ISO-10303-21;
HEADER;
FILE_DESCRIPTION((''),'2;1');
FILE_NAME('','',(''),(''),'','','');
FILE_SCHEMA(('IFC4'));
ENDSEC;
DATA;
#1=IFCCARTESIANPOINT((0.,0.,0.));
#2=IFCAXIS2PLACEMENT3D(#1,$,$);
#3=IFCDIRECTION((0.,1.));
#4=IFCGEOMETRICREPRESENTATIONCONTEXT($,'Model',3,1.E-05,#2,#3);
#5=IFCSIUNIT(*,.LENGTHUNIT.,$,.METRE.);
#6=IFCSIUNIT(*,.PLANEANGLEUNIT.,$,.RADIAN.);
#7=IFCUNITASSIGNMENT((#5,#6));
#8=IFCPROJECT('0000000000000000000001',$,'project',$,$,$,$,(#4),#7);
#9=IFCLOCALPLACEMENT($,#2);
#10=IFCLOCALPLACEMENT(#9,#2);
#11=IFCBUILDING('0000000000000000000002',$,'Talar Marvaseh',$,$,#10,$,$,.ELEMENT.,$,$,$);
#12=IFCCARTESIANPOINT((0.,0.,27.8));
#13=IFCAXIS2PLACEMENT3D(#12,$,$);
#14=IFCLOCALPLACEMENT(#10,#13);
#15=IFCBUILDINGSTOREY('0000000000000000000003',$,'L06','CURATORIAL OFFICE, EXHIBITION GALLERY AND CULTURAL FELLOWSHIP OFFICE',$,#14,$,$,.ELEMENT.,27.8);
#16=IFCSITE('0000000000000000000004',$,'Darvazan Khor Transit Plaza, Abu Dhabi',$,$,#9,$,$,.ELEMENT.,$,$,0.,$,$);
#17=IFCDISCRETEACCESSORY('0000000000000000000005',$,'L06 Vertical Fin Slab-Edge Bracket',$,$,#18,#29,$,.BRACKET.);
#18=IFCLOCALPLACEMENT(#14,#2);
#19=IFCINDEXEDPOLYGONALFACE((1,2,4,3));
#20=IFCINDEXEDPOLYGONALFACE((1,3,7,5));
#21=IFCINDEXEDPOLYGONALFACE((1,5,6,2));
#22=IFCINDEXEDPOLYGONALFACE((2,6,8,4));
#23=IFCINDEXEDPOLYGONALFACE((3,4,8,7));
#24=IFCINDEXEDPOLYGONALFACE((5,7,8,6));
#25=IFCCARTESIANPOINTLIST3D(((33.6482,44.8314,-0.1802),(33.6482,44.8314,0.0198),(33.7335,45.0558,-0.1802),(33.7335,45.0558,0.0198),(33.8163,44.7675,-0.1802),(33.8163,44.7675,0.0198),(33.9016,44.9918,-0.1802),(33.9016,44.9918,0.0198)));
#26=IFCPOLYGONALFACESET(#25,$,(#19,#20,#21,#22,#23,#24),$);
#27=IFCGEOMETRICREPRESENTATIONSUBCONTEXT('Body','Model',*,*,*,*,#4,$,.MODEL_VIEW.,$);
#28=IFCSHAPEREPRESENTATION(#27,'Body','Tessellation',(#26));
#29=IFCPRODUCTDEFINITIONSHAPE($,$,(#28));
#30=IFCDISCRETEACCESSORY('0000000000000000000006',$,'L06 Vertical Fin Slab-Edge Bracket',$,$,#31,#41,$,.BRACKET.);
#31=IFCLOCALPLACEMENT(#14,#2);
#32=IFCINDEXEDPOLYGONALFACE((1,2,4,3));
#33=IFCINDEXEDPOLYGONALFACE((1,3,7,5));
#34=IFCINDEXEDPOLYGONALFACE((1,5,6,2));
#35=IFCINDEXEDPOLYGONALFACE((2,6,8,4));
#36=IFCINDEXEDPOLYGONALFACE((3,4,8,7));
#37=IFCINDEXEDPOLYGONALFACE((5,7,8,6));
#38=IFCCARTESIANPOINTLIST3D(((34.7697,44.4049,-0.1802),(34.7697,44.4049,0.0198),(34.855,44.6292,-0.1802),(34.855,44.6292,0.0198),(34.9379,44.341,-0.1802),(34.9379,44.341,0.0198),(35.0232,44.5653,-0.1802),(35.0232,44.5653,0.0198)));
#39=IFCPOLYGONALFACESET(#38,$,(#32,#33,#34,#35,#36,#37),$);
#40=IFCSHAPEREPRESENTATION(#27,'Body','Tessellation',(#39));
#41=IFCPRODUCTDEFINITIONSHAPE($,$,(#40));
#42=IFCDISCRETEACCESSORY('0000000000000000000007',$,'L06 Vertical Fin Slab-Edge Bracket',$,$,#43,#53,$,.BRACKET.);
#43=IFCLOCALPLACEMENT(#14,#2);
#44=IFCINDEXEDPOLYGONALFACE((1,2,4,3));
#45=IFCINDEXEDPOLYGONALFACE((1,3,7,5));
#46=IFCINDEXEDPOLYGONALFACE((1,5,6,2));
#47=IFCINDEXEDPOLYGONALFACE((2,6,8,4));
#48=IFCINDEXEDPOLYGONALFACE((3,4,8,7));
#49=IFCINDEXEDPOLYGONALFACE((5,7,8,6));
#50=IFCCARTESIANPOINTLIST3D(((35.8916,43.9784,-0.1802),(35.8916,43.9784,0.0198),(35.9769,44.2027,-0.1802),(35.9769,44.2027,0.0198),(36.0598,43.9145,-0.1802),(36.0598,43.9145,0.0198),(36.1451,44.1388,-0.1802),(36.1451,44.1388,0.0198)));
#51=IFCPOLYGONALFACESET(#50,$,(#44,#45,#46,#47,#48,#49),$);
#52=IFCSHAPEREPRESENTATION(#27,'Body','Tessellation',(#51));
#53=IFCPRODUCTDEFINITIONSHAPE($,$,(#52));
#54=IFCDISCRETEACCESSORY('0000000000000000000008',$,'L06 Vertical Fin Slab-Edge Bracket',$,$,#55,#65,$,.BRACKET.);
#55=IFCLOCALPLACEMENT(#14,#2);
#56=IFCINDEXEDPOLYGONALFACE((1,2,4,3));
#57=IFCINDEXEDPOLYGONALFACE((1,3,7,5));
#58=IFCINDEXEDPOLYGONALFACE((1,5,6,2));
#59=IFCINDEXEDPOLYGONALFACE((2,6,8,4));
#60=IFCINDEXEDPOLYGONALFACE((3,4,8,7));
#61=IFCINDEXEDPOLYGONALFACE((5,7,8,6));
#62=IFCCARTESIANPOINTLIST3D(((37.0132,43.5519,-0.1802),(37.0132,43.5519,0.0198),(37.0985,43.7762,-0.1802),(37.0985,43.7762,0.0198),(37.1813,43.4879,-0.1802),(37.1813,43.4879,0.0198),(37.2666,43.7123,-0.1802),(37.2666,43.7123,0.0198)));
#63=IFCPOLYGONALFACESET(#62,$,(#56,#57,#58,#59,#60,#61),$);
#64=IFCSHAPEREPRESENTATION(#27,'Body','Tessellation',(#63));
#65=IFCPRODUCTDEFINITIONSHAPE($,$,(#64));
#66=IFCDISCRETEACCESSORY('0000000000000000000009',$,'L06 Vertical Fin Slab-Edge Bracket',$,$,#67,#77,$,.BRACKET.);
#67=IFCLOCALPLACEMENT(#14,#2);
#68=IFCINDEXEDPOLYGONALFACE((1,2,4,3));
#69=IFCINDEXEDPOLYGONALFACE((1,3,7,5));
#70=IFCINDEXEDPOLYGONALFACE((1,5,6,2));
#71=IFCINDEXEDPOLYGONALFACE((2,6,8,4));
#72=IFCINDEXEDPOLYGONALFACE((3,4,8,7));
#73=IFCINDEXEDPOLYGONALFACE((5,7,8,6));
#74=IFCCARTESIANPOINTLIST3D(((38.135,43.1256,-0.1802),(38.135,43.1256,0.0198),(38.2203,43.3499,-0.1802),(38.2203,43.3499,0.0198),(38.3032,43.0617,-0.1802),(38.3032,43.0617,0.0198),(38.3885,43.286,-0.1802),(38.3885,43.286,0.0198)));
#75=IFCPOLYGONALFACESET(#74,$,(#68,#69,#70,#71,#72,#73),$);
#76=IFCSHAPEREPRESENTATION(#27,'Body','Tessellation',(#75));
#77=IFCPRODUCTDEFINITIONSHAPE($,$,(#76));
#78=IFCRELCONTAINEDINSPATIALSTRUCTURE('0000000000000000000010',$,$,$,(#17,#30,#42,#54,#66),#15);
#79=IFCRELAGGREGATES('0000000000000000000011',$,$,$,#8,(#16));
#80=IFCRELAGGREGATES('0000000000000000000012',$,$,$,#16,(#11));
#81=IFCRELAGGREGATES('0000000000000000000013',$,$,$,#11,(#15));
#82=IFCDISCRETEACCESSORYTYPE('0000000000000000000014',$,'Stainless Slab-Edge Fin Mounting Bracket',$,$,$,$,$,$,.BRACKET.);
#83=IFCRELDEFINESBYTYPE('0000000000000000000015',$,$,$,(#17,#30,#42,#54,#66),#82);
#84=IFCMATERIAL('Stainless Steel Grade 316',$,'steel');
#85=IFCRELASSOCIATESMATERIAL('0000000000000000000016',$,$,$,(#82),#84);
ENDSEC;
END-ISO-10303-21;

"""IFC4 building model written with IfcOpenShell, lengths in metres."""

from ifc_helpers import new_model, si_unit, direction, frame, origin, origin_2d, place, context, subcontext, project, spatial, rectangle, extrude, source, transform, mapped, material, type_object, type_shapes, element, save


model = new_model("IFC4")

# Units and contexts
model_context = context("Model", 3, precision=1e-05, world=origin(), true_north=direction((0.0, 1.0)))
body_context = subcontext(model_context, "Body", "Model", "MODEL_VIEW")
ifc_project = project(units=[si_unit("LENGTHUNIT", "METRE"), si_unit("PLANEANGLEUNIT", "RADIAN")], contexts=[model_context])

# Site, building, storey
site_placement = place(None, origin())
site = spatial("IfcSite", under=ifc_project, at=site_placement, Name="Darvazan Khor Transit Plaza, Abu Dhabi", CompositionType="ELEMENT", RefElevation=0.0)
building_placement = place(site_placement, origin())
building = spatial("IfcBuilding", under=site, at=building_placement, Name="Talar Marvaseh", CompositionType="ELEMENT")
storey_placement = place(building_placement, frame((0.0, 0.0, 27.8)))
storey = spatial("IfcBuildingStorey", under=building, at=storey_placement, Name="L06", Description="CURATORIAL OFFICE, EXHIBITION GALLERY AND CULTURAL FELLOWSHIP OFFICE", CompositionType="ELEMENT", Elevation=27.8)

# Discrete accessories
ifc_material_1 = material(Name="Stainless Steel Grade 316", Category="steel")
discrete_accessory_type = type_object("IfcDiscreteAccessoryType", Name="Stainless Slab-Edge Fin Mounting Bracket", PredefinedType="BRACKET", material=ifc_material_1)
shared_shape_1 = source(origin(), body_context, "Body", "SweptSolid", [
    extrude(rectangle(XDim=0.24, YDim=0.1799, at=origin_2d()), origin(), (0.0, 0.0, 1.0), 0.2),
])
type_shapes(discrete_accessory_type, [shared_shape_1])
for number, where, z_axis, x_axis, name in (
    (1, (33.7749, 44.9116, -0.1802), (0.0, 0.0, 1.0), (0.355433, 0.934702, 0.0), "L06 Vertical Fin Slab-Edge Bracket"),
    (2, (34.8965, 44.4851, -0.1802), (0.0, 0.0, 1.0), (0.355433, 0.934702, 0.0), "L06 Vertical Fin Slab-Edge Bracket"),
    (3, (36.0183, 44.0586, -0.1802), (0.0, 0.0, 1.0), (0.355433, 0.934702, 0.0), "L06 Vertical Fin Slab-Edge Bracket"),
    (4, (37.1399, 43.6321, -0.1802), (0.0, 0.0, 1.0), (0.355433, 0.934702, 0.0), "L06 Vertical Fin Slab-Edge Bracket"),
    (5, (38.2617, 43.2058, -0.1802), (0.0, 0.0, 1.0), (0.355433, 0.934702, 0.0), "L06 Vertical Fin Slab-Edge Bracket"),
):
    element("IfcDiscreteAccessory", number, at=place(storey_placement, frame(where, z_axis=z_axis, x_axis=x_axis)), inside=storey, type_object=discrete_accessory_type, Name=name, PredefinedType="BRACKET", context=body_context, shape_type="MappedRepresentation", body=[
        mapped(shared_shape_1, transform((0.0, 0.0, 0.0), x_axis=(1.0, 0.0, 0.0), y_axis=(0.0, 1.0, 0.0), z_axis=(0.0, 0.0, 1.0), scale=1.0)),
    ])

save(model, "model.ifc")
